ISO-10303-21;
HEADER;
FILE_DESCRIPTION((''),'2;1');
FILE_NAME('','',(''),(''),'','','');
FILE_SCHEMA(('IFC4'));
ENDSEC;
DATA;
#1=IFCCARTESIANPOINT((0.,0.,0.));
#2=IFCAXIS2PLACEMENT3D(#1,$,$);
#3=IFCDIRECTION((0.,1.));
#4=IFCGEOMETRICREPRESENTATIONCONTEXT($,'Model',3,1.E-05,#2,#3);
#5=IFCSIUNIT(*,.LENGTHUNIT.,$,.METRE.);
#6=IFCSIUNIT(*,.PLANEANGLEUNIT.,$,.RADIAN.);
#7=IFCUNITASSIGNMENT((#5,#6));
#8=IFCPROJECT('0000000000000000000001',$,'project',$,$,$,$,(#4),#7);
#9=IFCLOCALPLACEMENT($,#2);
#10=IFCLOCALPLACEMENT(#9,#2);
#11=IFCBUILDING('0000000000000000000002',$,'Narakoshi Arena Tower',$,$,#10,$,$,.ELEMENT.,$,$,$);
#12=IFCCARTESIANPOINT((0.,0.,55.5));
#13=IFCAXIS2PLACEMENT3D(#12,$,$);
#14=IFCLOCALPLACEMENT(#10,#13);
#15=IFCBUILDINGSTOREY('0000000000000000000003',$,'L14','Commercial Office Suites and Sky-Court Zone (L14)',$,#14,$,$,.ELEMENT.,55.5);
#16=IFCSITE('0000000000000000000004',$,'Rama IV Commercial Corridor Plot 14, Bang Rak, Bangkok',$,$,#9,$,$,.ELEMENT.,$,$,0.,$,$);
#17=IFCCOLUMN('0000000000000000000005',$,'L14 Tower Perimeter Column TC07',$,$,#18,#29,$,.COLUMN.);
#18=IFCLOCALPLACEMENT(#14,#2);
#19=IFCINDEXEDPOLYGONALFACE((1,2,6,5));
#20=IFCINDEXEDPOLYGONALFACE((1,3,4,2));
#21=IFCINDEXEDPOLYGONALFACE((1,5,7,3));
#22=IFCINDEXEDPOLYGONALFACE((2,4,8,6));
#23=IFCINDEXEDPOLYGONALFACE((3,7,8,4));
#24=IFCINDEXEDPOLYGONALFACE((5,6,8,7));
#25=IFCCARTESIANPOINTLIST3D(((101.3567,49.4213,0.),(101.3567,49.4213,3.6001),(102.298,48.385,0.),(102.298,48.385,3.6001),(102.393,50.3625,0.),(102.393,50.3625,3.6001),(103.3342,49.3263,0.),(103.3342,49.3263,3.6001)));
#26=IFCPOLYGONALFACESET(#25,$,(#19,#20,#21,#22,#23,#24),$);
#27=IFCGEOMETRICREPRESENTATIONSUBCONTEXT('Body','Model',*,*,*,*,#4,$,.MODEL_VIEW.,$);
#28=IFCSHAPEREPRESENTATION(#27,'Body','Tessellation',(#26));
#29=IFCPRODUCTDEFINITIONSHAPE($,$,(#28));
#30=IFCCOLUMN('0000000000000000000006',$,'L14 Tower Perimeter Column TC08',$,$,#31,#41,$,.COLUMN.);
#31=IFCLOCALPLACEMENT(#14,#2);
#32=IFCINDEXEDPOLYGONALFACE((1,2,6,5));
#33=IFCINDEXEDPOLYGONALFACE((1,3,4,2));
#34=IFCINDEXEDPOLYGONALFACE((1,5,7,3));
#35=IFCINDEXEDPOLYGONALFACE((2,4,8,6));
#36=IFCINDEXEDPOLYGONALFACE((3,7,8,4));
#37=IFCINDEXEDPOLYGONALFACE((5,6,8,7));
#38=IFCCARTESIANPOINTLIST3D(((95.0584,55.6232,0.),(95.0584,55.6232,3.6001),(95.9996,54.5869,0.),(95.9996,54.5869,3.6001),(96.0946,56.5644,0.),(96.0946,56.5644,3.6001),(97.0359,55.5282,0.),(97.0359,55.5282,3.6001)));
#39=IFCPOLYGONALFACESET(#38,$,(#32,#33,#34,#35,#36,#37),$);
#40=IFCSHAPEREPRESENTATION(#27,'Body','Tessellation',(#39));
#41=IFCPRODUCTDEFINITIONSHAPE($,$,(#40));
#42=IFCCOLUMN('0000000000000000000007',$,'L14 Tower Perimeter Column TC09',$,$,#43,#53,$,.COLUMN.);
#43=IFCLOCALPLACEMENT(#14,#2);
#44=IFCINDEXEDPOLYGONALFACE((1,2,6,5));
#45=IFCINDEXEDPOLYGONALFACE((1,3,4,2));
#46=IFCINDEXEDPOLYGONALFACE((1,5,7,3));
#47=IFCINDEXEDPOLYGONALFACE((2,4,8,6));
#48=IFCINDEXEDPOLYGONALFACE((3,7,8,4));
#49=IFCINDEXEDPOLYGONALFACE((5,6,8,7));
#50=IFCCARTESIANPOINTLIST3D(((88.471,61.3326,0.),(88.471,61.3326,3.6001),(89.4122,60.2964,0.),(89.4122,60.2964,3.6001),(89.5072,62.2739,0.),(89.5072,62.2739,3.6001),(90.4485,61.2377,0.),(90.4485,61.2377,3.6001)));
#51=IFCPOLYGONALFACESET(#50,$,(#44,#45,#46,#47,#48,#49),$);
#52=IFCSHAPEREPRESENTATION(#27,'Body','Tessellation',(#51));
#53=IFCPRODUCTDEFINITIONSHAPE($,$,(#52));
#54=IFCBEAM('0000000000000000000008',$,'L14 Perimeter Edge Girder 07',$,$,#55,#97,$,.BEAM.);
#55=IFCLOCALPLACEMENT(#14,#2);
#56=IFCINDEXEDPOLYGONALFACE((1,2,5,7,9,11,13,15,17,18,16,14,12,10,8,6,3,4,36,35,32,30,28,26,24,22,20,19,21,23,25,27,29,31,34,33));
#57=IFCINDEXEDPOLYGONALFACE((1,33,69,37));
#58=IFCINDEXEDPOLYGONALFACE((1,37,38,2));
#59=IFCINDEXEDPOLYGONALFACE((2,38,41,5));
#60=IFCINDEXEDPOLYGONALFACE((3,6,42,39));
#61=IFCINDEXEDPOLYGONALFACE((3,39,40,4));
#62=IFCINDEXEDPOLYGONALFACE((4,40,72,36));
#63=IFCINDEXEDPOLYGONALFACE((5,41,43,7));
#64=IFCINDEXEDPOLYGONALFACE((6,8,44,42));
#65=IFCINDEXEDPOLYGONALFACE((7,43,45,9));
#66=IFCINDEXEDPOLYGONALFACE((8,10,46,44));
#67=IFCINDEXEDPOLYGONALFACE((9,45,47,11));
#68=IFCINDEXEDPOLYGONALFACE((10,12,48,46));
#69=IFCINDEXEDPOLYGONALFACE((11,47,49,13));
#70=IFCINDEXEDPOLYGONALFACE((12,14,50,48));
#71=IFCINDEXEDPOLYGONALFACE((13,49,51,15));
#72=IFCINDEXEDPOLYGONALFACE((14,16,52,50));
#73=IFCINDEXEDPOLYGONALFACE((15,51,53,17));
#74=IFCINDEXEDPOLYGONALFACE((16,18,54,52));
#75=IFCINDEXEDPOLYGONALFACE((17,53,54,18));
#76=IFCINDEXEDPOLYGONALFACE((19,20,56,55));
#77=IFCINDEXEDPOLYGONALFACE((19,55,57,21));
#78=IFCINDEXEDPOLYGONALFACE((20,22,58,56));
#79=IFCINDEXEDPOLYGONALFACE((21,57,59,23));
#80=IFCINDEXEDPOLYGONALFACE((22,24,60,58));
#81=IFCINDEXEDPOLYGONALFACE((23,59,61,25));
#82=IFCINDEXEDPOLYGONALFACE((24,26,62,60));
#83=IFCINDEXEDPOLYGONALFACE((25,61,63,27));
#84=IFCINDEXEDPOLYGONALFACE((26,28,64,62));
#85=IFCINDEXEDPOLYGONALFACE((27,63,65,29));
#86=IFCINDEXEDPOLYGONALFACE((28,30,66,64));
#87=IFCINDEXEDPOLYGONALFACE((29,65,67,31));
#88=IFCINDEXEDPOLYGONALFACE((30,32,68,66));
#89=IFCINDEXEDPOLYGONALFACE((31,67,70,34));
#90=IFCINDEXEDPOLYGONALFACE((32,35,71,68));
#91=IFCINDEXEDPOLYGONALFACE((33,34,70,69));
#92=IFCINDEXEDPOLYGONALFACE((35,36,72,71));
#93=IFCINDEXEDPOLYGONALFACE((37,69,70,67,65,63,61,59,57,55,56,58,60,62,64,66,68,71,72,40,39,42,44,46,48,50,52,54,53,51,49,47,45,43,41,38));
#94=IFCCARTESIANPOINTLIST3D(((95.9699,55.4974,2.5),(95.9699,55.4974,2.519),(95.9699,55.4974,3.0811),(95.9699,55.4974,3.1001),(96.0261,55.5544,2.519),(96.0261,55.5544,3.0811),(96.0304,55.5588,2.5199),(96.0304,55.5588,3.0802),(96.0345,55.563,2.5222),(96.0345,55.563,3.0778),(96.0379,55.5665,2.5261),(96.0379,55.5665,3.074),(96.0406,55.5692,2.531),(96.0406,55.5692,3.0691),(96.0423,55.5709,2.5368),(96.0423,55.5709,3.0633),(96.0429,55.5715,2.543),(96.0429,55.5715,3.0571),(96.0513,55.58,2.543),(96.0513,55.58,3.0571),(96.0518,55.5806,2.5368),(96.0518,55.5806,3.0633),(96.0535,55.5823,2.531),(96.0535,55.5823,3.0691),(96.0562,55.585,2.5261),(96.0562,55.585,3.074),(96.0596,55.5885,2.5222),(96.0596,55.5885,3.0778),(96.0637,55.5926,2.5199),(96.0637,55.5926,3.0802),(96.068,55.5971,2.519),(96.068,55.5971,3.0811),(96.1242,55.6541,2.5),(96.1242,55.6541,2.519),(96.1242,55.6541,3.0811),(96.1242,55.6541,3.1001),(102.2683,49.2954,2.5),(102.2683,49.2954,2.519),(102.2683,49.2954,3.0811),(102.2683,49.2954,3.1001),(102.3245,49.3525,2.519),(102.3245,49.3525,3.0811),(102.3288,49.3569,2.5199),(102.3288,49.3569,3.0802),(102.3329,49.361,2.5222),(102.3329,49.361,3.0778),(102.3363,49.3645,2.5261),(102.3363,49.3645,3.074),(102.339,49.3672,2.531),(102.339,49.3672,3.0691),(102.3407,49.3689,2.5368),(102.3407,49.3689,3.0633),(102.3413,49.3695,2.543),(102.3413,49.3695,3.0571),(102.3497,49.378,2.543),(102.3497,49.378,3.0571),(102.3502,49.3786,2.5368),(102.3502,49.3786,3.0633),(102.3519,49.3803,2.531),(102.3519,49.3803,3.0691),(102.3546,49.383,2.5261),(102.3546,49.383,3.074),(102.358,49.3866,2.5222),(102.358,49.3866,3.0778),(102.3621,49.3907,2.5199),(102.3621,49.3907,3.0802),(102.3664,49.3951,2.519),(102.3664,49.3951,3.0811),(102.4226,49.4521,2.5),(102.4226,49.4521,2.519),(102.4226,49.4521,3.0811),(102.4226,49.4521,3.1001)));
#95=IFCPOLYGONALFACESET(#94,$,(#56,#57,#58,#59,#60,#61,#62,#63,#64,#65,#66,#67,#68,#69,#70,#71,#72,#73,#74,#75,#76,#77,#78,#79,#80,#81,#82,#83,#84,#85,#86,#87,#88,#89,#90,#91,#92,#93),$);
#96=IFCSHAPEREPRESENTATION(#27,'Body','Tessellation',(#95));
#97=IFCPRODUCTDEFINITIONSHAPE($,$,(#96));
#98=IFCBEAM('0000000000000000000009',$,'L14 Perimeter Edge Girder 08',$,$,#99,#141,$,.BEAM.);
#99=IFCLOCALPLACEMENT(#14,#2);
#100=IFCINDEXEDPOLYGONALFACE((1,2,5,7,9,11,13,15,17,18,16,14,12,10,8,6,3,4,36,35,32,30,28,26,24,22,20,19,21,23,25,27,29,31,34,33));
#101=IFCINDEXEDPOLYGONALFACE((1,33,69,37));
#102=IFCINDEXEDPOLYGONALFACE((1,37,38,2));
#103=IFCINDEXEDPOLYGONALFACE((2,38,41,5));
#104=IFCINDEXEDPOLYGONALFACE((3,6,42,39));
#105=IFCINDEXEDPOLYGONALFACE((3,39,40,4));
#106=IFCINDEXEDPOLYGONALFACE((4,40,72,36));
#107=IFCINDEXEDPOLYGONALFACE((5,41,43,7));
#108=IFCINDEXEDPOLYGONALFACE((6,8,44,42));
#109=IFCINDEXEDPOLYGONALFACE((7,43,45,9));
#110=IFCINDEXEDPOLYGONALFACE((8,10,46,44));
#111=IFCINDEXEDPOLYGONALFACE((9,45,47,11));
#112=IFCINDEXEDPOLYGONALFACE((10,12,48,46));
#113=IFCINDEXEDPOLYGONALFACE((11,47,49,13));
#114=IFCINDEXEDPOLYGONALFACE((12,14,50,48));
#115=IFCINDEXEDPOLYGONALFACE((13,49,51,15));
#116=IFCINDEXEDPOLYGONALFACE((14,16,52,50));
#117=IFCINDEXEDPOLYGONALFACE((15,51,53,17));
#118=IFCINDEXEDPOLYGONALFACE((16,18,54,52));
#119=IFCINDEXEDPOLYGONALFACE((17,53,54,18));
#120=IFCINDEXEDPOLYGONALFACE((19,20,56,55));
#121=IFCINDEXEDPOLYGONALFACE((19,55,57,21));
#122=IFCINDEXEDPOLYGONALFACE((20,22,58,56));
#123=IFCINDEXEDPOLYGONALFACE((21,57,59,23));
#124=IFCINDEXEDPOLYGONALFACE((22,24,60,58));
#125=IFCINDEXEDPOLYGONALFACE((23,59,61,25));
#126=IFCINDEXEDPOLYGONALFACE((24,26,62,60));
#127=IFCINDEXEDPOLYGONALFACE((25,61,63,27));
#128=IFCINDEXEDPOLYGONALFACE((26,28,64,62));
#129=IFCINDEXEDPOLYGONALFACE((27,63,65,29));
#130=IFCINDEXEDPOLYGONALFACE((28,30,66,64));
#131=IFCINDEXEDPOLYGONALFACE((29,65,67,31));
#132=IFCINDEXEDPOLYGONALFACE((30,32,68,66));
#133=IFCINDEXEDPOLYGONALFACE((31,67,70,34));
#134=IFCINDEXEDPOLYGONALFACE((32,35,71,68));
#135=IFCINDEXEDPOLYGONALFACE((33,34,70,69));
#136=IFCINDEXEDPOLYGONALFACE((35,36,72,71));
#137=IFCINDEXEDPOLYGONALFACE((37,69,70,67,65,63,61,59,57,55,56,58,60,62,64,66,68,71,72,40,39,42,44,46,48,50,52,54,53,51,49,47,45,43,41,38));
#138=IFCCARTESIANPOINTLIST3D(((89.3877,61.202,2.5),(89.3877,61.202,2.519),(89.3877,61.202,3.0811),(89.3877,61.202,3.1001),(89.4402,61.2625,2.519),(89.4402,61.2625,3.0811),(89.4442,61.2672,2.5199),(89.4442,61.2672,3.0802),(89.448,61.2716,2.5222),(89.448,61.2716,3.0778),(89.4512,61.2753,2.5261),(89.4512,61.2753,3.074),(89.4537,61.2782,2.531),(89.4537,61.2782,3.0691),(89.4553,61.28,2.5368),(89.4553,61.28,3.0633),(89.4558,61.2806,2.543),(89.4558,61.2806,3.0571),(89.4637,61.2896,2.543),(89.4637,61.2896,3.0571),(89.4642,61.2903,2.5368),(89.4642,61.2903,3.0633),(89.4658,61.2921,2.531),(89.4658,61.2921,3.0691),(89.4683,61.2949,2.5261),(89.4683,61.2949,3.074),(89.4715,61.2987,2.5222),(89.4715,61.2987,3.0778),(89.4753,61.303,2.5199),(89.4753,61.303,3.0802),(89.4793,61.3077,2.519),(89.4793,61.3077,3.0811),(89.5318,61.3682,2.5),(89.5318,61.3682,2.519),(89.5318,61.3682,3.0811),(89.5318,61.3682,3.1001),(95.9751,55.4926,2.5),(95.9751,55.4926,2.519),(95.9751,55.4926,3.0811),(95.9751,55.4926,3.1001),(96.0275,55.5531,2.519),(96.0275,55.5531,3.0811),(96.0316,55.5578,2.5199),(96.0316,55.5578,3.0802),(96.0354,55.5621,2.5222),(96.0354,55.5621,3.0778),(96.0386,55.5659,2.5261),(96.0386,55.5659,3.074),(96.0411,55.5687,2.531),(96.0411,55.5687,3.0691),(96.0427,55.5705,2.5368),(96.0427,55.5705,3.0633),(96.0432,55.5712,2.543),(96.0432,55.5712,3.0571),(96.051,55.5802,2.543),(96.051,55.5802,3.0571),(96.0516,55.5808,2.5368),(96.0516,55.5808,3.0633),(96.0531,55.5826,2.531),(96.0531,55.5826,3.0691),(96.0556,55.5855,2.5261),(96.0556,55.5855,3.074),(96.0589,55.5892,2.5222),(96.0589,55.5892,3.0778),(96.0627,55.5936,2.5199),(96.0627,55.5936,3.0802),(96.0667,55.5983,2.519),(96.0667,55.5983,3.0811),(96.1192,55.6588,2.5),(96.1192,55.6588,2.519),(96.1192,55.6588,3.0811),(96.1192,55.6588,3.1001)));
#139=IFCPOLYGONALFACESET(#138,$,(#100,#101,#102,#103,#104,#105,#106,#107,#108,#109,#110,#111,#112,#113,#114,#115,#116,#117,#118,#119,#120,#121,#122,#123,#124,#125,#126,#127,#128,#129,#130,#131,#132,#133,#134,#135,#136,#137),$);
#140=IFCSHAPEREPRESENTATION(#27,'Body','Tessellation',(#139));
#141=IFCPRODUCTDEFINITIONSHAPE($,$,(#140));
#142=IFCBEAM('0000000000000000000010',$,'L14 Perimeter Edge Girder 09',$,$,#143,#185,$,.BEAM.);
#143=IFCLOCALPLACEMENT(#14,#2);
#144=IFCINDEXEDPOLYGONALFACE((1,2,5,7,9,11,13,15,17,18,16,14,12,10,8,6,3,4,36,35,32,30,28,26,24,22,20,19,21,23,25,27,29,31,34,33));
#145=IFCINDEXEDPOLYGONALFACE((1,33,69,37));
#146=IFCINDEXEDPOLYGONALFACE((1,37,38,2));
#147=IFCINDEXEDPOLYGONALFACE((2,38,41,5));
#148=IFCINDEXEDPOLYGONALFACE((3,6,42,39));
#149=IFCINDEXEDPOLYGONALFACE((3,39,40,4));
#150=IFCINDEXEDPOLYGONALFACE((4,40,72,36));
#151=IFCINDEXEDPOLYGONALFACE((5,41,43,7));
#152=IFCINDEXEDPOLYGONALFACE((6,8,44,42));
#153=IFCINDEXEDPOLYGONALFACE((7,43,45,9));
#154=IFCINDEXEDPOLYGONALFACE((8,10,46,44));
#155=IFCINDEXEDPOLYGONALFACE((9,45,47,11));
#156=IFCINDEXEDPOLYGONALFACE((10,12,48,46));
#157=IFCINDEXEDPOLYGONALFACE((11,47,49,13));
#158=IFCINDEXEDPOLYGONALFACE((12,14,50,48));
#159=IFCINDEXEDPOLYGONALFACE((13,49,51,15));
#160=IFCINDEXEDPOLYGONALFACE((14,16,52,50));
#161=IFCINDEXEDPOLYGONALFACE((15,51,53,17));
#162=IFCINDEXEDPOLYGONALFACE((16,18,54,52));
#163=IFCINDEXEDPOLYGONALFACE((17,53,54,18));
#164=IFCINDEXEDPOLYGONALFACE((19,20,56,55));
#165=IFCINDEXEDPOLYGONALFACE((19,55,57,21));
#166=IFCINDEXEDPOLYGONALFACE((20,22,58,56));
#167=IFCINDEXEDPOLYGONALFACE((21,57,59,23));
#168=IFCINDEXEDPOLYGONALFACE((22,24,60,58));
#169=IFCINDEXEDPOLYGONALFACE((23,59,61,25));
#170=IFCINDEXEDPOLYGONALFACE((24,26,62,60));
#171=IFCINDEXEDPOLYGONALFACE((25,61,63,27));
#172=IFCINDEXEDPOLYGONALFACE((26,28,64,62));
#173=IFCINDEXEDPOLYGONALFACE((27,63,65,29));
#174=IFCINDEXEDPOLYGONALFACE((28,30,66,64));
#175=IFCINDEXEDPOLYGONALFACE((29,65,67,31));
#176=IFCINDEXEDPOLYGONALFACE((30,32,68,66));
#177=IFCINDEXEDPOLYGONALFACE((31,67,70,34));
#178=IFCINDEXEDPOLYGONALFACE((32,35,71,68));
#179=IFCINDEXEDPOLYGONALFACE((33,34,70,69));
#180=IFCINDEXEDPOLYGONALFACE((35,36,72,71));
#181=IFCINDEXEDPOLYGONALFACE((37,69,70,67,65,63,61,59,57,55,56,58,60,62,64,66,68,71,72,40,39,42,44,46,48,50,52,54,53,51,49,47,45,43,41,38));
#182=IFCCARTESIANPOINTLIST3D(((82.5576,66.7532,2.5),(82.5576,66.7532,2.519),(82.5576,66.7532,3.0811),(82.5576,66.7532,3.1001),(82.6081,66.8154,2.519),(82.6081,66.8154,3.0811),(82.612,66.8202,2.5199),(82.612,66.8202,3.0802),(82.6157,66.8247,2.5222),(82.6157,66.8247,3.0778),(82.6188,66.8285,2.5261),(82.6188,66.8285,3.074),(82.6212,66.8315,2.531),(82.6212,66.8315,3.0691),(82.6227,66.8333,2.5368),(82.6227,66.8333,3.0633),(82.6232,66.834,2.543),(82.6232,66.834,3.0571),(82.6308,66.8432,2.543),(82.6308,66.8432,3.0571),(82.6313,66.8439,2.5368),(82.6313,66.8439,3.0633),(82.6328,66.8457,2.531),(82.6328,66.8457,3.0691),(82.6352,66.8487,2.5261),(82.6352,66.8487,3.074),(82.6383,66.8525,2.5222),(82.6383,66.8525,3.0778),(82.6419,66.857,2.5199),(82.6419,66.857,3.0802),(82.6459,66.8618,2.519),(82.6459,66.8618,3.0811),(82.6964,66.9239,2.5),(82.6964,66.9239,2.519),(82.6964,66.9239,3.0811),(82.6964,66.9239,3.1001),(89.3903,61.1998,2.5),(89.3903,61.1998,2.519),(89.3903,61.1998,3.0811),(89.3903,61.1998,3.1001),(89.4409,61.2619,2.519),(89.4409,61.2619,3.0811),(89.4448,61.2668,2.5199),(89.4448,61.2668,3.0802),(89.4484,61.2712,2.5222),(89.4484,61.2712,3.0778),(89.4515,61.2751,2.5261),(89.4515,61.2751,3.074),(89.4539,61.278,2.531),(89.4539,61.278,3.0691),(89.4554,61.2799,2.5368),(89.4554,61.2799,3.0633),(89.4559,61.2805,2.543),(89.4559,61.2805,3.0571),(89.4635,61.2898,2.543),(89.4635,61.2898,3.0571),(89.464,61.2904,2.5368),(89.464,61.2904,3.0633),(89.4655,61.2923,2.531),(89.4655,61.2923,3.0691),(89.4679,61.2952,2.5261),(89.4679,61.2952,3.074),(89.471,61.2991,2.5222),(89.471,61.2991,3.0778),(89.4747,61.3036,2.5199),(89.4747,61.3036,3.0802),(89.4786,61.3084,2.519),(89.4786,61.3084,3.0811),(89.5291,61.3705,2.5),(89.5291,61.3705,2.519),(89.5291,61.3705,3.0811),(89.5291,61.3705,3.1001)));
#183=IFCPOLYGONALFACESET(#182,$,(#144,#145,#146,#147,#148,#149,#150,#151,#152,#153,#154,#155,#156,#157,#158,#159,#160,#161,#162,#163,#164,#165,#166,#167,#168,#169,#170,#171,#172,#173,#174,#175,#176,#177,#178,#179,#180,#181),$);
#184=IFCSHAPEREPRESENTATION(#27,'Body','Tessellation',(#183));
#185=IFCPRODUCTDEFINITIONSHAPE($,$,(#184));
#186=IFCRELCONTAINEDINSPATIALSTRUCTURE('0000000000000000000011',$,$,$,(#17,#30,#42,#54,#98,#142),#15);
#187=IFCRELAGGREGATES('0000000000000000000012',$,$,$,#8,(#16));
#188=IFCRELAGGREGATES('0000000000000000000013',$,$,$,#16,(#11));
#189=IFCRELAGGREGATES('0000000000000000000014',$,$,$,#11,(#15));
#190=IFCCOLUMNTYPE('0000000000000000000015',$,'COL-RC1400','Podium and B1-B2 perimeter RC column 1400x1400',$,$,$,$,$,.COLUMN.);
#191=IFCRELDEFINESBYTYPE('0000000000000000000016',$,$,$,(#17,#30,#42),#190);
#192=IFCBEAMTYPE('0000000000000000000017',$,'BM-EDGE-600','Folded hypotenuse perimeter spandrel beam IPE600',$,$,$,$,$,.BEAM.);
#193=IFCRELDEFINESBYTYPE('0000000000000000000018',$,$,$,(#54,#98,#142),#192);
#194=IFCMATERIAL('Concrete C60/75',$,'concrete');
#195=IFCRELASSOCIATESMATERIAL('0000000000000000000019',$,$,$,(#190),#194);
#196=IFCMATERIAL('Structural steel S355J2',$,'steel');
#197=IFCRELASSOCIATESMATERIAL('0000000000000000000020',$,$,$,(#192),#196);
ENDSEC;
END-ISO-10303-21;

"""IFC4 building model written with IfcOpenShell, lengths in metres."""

from ifc_helpers import new_model, si_unit, direction, frame, origin, origin_2d, place, context, subcontext, project, spatial, rectangle, i_section, extrude, material, material_profile, profile_set, type_object, element, save


model = new_model("IFC4")

# Units and contexts
model_context = context("Model", 3, precision=1e-05, world=origin(), true_north=direction((0.0, 1.0)))
body_context = subcontext(model_context, "Body", "Model", "MODEL_VIEW")
ifc_project = project(units=[si_unit("LENGTHUNIT", "METRE"), si_unit("PLANEANGLEUNIT", "RADIAN")], contexts=[model_context])

# Site, building, storey
site_placement = place(None, origin())
site = spatial("IfcSite", under=ifc_project, at=site_placement, Name="Rama IV Commercial Corridor Plot 14, Bang Rak, Bangkok", CompositionType="ELEMENT", RefElevation=0.0)
building_placement = place(site_placement, origin())
building = spatial("IfcBuilding", under=site, at=building_placement, Name="Narakoshi Arena Tower", CompositionType="ELEMENT")
storey_placement = place(building_placement, frame((0.0, 0.0, 55.5)))
storey = spatial("IfcBuildingStorey", under=building, at=storey_placement, Name="L14", Description="Commercial Office Suites and Sky-Court Zone (L14)", CompositionType="ELEMENT", Elevation=55.5)

# Columns
ifc_material_1 = material(Name="Concrete C60/75", Category="concrete")
ifc_material_profile_1 = material_profile(ifc_material_1, rectangle(XDim=1.3999, YDim=1.3999, at=origin_2d()), Name="RC1400x1400")
ifc_profile_set_1 = profile_set([ifc_material_profile_1], Name="Concrete C60/75")
column_type = type_object("IfcColumnType", Name="COL-RC1400", Description="Podium and B1-B2 perimeter RC column 1400x1400", PredefinedType="COLUMN", material=ifc_profile_set_1)
for number, where, z_axis, x_axis, name in (
    (1, (102.3455, 49.3738, 0.0), (0.0, 0.0, 1.0), (0.740218, 0.672367, 0.0), "L14 Tower Perimeter Column TC07"),
    (2, (96.0471, 55.5757, 0.0), (0.0, 0.0, 1.0), (0.740218, 0.672367, 0.0), "L14 Tower Perimeter Column TC08"),
    (3, (89.4597, 61.2852, 0.0), (0.0, 0.0, 1.0), (0.740218, 0.672367, 0.0), "L14 Tower Perimeter Column TC09"),
):
    element("IfcColumn", number, at=place(storey_placement, frame(where, z_axis=z_axis, x_axis=x_axis)), inside=storey, type_object=column_type, Name=name, PredefinedType="COLUMN", context=body_context, shape_type="SweptSolid", body=[
        extrude(rectangle(XDim=1.3999, YDim=1.3999, at=origin_2d()), origin(), (0.0, 0.0, 1.0), 3.6001),
    ])

# Beams
ifc_material_2 = material(Name="Structural steel S355J2", Category="steel")
ifc_material_profile_2 = material_profile(ifc_material_2, i_section(OverallWidth=0.22, OverallDepth=0.6001, WebThickness=0.012, FlangeThickness=0.019, FilletRadius=0.0239, at=origin_2d()), Name="IPE600")
ifc_profile_set_2 = profile_set([ifc_material_profile_2], Name="Structural steel S355J2")
beam_type_1 = type_object("IfcBeamType", Name="BM-EDGE-600", Description="Folded hypotenuse perimeter spandrel beam IPE600", PredefinedType="BEAM", material=ifc_profile_set_2)
beam_1_placement = place(storey_placement, frame((102.3455, 49.3738, 2.8), z_axis=(-0.712541, 0.701631, 0.0), x_axis=(-0.701631, -0.712541, 0.0)))
element("IfcBeam", 4, at=beam_1_placement, inside=storey, type_object=beam_type_1, Name="L14 Perimeter Edge Girder 07", PredefinedType="BEAM", context=body_context, shape_type="SweptSolid", body=[
    extrude(i_section(OverallWidth=0.22, OverallDepth=0.6001, WebThickness=0.012, FlangeThickness=0.019, FilletRadius=0.0239, at=origin_2d()), origin(), (0.0, 0.0, 1.0), 8.8394),
])
beam_2_placement = place(storey_placement, frame((96.0471, 55.5757, 2.8), z_axis=(-0.755667, 0.654956, 0.0), x_axis=(-0.654956, -0.755667, 0.0)))
element("IfcBeam", 5, at=beam_2_placement, inside=storey, type_object=beam_type_1, Name="L14 Perimeter Edge Girder 08", PredefinedType="BEAM", context=body_context, shape_type="SweptSolid", body=[
    extrude(i_section(OverallWidth=0.22, OverallDepth=0.6001, WebThickness=0.012, FlangeThickness=0.019, FilletRadius=0.0239, at=origin_2d()), origin(), (0.0, 0.0, 1.0), 8.7173),
])
beam_3_placement = place(storey_placement, frame((89.4597, 61.2852, 2.8), z_axis=(-0.776011, 0.630719, 0.0), x_axis=(-0.630719, -0.776011, 0.0)))
element("IfcBeam", 6, at=beam_3_placement, inside=storey, type_object=beam_type_1, Name="L14 Perimeter Edge Girder 09", PredefinedType="BEAM", context=body_context, shape_type="SweptSolid", body=[
    extrude(i_section(OverallWidth=0.22, OverallDepth=0.6001, WebThickness=0.012, FlangeThickness=0.019, FilletRadius=0.0239, at=origin_2d()), origin(), (0.0, 0.0, 1.0), 8.8049),
])

save(model, "model.ifc")
